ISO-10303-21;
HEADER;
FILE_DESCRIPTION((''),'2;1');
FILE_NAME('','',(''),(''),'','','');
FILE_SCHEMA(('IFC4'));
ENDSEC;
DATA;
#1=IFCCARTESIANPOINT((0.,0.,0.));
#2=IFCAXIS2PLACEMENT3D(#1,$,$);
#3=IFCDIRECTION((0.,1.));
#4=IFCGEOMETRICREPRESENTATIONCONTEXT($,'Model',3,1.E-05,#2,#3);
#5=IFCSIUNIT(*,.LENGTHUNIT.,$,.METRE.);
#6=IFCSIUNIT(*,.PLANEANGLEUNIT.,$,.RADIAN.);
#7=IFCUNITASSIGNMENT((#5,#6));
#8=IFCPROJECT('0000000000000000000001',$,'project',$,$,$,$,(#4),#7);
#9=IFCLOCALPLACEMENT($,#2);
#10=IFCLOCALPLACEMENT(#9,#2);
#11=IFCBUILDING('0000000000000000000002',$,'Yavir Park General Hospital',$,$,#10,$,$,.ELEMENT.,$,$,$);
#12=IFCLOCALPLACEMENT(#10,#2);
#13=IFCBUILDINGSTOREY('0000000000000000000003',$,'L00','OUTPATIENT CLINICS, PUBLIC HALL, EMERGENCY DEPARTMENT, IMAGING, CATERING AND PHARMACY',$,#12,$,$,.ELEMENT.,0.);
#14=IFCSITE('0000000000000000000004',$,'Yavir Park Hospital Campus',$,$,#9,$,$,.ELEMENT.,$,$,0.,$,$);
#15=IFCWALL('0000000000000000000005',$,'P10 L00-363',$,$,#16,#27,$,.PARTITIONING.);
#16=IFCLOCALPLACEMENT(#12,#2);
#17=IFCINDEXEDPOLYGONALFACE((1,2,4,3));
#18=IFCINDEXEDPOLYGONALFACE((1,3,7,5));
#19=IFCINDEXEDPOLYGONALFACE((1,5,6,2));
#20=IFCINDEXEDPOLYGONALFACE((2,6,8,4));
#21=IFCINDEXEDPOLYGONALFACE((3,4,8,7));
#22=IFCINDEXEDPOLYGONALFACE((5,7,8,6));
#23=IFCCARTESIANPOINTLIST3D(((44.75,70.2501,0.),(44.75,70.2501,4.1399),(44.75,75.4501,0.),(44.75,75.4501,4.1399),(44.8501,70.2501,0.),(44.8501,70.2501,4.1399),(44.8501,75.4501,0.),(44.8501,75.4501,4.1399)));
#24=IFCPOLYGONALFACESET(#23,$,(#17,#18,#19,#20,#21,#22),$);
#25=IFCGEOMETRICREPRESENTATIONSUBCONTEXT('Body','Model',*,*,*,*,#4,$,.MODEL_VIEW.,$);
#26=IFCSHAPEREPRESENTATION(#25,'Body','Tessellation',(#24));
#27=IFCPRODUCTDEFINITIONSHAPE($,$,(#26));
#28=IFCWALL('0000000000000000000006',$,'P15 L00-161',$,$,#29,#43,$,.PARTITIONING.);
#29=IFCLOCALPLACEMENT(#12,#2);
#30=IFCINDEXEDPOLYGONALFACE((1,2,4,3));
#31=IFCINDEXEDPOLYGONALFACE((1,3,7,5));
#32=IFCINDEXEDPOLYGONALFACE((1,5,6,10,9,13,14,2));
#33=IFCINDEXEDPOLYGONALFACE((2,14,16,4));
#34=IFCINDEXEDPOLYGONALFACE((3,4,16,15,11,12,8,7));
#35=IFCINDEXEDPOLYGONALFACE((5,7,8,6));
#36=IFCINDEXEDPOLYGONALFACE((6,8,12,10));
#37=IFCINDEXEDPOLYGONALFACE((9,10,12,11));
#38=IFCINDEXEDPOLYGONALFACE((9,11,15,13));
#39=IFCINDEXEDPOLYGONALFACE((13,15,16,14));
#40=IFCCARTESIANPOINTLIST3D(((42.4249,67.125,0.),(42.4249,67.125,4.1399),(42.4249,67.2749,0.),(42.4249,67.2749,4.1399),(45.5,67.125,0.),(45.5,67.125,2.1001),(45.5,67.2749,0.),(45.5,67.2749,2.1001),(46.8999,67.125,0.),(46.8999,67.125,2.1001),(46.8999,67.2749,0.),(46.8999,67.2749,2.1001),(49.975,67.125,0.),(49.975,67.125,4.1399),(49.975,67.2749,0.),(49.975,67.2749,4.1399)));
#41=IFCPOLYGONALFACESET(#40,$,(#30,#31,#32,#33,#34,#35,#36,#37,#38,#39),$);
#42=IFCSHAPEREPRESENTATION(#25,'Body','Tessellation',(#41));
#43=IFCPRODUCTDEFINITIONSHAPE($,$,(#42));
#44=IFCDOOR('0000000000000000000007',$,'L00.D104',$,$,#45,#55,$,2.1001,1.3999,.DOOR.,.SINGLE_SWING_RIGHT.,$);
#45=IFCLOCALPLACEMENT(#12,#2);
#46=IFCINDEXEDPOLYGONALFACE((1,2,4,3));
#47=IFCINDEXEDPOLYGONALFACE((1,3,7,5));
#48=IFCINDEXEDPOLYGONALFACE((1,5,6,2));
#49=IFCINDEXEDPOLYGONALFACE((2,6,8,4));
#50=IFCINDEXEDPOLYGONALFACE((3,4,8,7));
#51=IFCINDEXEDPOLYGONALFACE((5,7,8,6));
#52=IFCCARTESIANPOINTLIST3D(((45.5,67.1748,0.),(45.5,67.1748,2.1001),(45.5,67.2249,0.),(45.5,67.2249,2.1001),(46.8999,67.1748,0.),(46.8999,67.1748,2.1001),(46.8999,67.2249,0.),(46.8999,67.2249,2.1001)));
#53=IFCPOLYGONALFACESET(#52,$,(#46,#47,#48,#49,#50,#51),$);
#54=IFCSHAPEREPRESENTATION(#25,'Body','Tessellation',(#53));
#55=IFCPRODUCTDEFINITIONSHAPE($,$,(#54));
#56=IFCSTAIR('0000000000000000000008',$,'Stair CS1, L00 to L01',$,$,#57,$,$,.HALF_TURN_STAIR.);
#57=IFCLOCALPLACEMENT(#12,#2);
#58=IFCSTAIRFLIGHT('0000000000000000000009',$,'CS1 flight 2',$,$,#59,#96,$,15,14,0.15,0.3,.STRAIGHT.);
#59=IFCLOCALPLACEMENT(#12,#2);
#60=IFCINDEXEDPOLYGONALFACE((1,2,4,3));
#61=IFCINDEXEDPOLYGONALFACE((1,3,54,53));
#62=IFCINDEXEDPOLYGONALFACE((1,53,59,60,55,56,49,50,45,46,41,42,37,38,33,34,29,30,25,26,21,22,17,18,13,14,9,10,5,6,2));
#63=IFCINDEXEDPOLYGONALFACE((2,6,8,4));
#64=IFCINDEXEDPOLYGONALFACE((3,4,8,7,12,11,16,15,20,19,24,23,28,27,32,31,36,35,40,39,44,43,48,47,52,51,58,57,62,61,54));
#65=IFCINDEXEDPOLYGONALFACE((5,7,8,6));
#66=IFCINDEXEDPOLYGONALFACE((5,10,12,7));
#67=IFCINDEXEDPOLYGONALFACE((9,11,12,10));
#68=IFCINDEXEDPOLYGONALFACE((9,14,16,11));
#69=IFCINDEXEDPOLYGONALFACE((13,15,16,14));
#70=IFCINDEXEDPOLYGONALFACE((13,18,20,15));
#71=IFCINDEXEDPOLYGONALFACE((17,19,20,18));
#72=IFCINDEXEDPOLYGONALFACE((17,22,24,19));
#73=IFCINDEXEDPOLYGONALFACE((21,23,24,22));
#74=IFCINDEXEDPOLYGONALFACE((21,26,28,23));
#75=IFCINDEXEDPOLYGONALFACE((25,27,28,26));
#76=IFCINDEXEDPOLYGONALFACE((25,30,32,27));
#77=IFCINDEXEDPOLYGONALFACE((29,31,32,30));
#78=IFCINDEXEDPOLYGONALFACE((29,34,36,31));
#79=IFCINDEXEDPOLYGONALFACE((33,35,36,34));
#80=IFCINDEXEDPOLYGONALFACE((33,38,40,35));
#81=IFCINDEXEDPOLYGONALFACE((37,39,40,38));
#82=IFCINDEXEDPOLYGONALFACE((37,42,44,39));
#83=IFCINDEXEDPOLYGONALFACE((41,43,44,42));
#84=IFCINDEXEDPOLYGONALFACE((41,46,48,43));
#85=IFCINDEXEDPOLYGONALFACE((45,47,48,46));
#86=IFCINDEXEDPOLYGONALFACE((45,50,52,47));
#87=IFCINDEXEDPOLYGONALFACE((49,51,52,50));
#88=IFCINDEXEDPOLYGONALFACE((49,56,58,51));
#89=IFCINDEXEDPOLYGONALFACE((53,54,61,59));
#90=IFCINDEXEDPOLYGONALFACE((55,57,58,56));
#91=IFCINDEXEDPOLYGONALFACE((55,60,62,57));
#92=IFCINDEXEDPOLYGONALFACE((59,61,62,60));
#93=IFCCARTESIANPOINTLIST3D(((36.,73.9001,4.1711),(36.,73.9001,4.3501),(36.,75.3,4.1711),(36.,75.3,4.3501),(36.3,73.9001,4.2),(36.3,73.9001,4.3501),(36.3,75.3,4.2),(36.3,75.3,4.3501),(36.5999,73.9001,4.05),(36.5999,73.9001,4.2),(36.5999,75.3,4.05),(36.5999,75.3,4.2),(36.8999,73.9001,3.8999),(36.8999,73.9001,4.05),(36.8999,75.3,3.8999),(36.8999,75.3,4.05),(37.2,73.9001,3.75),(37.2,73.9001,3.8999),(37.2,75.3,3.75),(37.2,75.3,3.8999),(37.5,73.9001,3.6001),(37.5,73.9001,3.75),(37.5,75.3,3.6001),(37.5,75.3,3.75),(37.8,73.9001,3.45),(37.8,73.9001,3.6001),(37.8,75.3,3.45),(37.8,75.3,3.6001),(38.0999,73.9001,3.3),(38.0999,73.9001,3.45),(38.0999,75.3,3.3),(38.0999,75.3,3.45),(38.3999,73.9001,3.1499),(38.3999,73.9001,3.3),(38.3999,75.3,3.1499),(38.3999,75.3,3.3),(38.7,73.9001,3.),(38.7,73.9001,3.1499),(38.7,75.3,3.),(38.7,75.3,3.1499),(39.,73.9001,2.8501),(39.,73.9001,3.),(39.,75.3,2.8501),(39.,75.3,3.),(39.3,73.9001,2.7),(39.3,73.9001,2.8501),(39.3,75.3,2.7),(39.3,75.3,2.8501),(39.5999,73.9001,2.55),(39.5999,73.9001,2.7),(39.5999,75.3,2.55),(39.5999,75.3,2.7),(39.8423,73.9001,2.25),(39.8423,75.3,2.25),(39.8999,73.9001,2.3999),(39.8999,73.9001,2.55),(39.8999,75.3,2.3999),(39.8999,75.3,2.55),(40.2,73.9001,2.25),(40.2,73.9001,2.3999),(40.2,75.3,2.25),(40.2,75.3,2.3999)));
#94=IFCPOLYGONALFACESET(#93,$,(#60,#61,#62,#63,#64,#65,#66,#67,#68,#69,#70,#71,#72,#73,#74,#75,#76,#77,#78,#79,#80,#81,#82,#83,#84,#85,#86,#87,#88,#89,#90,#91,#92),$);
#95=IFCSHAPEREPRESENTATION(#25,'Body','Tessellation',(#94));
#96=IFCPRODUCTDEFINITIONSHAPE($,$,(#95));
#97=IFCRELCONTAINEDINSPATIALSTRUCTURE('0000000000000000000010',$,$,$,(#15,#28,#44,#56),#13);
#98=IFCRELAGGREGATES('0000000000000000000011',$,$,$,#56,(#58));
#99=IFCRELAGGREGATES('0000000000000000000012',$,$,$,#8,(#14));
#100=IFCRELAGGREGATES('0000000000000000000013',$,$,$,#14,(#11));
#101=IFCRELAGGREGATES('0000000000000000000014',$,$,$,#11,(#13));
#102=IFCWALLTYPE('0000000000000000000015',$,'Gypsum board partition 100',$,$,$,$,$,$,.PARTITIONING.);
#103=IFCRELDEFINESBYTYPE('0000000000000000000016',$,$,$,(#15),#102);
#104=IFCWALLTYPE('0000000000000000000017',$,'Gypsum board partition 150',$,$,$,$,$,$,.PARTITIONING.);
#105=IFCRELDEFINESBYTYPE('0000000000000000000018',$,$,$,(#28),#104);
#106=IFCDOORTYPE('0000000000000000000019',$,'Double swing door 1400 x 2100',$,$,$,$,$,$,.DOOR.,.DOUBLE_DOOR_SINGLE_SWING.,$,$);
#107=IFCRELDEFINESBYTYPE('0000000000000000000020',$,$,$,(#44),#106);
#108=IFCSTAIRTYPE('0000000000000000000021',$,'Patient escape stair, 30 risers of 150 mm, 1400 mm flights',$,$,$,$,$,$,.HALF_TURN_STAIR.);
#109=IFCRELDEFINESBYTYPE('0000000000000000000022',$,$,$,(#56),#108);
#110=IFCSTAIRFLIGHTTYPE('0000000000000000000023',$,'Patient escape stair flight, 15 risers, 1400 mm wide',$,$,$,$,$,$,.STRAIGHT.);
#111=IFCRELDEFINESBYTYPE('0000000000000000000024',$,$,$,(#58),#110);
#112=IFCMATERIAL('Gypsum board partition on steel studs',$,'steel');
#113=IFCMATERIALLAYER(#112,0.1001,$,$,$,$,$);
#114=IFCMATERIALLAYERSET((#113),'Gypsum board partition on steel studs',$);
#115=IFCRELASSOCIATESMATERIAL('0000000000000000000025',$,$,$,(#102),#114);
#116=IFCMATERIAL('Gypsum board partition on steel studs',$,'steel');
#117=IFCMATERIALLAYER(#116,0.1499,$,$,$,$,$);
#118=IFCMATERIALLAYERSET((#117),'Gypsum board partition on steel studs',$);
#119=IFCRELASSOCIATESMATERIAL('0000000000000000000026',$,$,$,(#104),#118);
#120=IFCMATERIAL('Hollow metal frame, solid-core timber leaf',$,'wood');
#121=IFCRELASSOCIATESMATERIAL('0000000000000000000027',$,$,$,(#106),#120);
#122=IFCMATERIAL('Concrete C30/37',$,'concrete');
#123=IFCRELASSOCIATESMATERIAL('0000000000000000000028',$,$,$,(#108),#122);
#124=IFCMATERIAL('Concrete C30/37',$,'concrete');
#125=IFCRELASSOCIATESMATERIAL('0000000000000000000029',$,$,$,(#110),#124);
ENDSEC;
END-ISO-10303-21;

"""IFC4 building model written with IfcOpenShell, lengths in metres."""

from ifc_helpers import new_model, si_unit, direction, frame, frame_2d, origin, place, context, subcontext, project, spatial, polyline, rectangle, outline, extrude, material, layer, layer_set, type_object, element, fill, aggregate, save


model = new_model("IFC4")

# Units and contexts
model_context = context("Model", 3, precision=1e-05, world=origin(), true_north=direction((0.0, 1.0)))
body_context = subcontext(model_context, "Body", "Model", "MODEL_VIEW")
ifc_project = project(units=[si_unit("LENGTHUNIT", "METRE"), si_unit("PLANEANGLEUNIT", "RADIAN")], contexts=[model_context])

# Site, building, storey
site_placement = place(None, origin())
site = spatial("IfcSite", under=ifc_project, at=site_placement, Name="Yavir Park Hospital Campus", CompositionType="ELEMENT", RefElevation=0.0)
building_placement = place(site_placement, origin())
building = spatial("IfcBuilding", under=site, at=building_placement, Name="Yavir Park General Hospital", CompositionType="ELEMENT")
storey_placement = place(building_placement, origin())
storey = spatial("IfcBuildingStorey", under=building, at=storey_placement, Name="L00", Description="OUTPATIENT CLINICS, PUBLIC HALL, EMERGENCY DEPARTMENT, IMAGING, CATERING AND PHARMACY", CompositionType="ELEMENT", Elevation=0.0)

# Shared definitions
ifc_material_1 = material(Name="Gypsum board partition on steel studs", Category="steel")
ifc_layer_1 = layer(ifc_material_1, 0.1001)
ifc_layer_set_1 = layer_set([ifc_layer_1], Name="Gypsum board partition on steel studs")
wall_type_1 = type_object("IfcWallType", Name="Gypsum board partition 100", PredefinedType="PARTITIONING", material=ifc_layer_set_1)

# Wall
wall_1_placement = place(storey_placement, frame((44.8, 70.25, 0.0), z_axis=(0.0, 0.0, 1.0), x_axis=(0.0, 1.0, 0.0)))
element("IfcWall", 1, at=wall_1_placement, inside=storey, type_object=wall_type_1, Name="P10 L00-363", PredefinedType="PARTITIONING", context=body_context, shape_type="SweptSolid", body=[
    extrude(rectangle(XDim=5.2, YDim=0.1001, at=frame_2d((2.6001, 0.0))), origin(), (0.0, 0.0, 1.0), 4.1399),
])

# Wall, opening, door
ifc_material_2 = material(Name="Gypsum board partition on steel studs", Category="steel")
ifc_layer_2 = layer(ifc_material_2, 0.1499)
ifc_layer_set_2 = layer_set([ifc_layer_2], Name="Gypsum board partition on steel studs")
wall_type_2 = type_object("IfcWallType", Name="Gypsum board partition 150", PredefinedType="PARTITIONING", material=ifc_layer_set_2)
wall_2_placement = place(storey_placement, frame((42.425, 67.2, 0.0), z_axis=(0.0, 0.0, 1.0), x_axis=(1.0, 0.0, 0.0)))
wall_2 = element("IfcWall", 2, at=wall_2_placement, inside=storey, type_object=wall_type_2, Name="P15 L00-161", PredefinedType="PARTITIONING", context=body_context, shape_type="SweptSolid", body=[
    extrude(rectangle(XDim=7.55, YDim=0.1499, at=frame_2d((3.7749, 0.0))), origin(), (0.0, 0.0, 1.0), 4.1399),
])
opening_1_placement = place(wall_2_placement, frame((3.075, 0.0, 0.0)))
opening_1 = element("IfcOpeningElement", 3, at=opening_1_placement, cuts=wall_2, PredefinedType="OPENING", context=body_context, shape_type="SweptSolid", body=[
    extrude(rectangle(XDim=1.3999, YDim=2.1001, at=frame_2d((0.7, 1.05))), frame((0.0, 0.085, 0.0), z_axis=(0.0, -1.0, 0.0), x_axis=(1.0, 0.0, 0.0)), (0.0, 0.0, 1.0), 0.1699),
])
ifc_material_3 = material(Name="Hollow metal frame, solid-core timber leaf", Category="wood")
door_type_1 = type_object("IfcDoorType", Name="Double swing door 1400 x 2100", OperationType="DOUBLE_DOOR_SINGLE_SWING", PredefinedType="DOOR", material=ifc_material_3)
door_1_placement = place(opening_1_placement, origin())
door_1 = element("IfcDoor", 4, at=door_1_placement, inside=storey, type_object=door_type_1, Name="L00.D104", OperationType="SINGLE_SWING_RIGHT", OverallHeight=2.1001, OverallWidth=1.3999, PredefinedType="DOOR", context=body_context, shape_type="SweptSolid", body=[
    extrude(rectangle(XDim=1.3999, YDim=2.1001, at=frame_2d((0.7, 1.05))), frame((0.0, 0.0249, 0.0), z_axis=(0.0, -1.0, 0.0), x_axis=(1.0, 0.0, 0.0)), (0.0, 0.0, 1.0), 0.05),
])
fill(opening_1, door_1)

# Stair, stair flight
ifc_material_4 = material(Name="Concrete C30/37", Category="concrete")
stair_type = type_object("IfcStairType", Name="Patient escape stair, 30 risers of 150 mm, 1400 mm flights", PredefinedType="HALF_TURN_STAIR", material=ifc_material_4)
stair_placement = place(storey_placement, origin())
stair = element("IfcStair", 5, at=stair_placement, inside=storey, type_object=stair_type, Name="Stair CS1, L00 to L01", PredefinedType="HALF_TURN_STAIR")
ifc_material_5 = material(Name="Concrete C30/37", Category="concrete")
stair_flight_type = type_object("IfcStairFlightType", Name="Patient escape stair flight, 15 risers, 1400 mm wide", PredefinedType="STRAIGHT", material=ifc_material_5)
stair_flight_placement = place(storey_placement, frame((40.2, 74.6001, 2.25), z_axis=(0.0, 0.0, 1.0), x_axis=(-1.0, 0.0, 0.0)))
stair_flight = element("IfcStairFlight", 6, at=stair_flight_placement, type_object=stair_flight_type, Name="CS1 flight 2", NumberOfRisers=15, NumberOfTreads=14, PredefinedType="STRAIGHT", RiserHeight=0.15, TreadLength=0.3, context=body_context, shape_type="SweptSolid", body=[
    extrude(outline(polyline([(0.0, 0.0), (0.0, 0.1499), (0.3, 0.1499), (0.3, 0.3), (0.6001, 0.3), (0.6001, 0.45), (0.8999, 0.45), (0.8999, 0.6001), (1.2, 0.6001), (1.2, 0.75), (1.5, 0.75), (1.5, 0.8999), (1.8, 0.8999), (1.8, 1.05), (2.1001, 1.05), (2.1001, 1.2), (2.3999, 1.2), (2.3999, 1.3501), (2.7, 1.3501), (2.7, 1.5), (3.0, 1.5), (3.0, 1.6499), (3.3, 1.6499), (3.3, 1.8), (3.6001, 1.8), (3.6001, 1.95), (3.8999, 1.95), (3.8999, 2.1001), (4.2, 2.1001), (4.2, 2.25), (4.2, 1.9211), (0.3577, 0.0), (0.0, 0.0)])), frame((0.0, 0.7, 0.0), z_axis=(0.0, -1.0, 0.0), x_axis=(1.0, 0.0, 0.0)), (0.0, 0.0, 1.0), 1.3999),
])
aggregate(stair, [stair_flight])

save(model, "model.ifc")
